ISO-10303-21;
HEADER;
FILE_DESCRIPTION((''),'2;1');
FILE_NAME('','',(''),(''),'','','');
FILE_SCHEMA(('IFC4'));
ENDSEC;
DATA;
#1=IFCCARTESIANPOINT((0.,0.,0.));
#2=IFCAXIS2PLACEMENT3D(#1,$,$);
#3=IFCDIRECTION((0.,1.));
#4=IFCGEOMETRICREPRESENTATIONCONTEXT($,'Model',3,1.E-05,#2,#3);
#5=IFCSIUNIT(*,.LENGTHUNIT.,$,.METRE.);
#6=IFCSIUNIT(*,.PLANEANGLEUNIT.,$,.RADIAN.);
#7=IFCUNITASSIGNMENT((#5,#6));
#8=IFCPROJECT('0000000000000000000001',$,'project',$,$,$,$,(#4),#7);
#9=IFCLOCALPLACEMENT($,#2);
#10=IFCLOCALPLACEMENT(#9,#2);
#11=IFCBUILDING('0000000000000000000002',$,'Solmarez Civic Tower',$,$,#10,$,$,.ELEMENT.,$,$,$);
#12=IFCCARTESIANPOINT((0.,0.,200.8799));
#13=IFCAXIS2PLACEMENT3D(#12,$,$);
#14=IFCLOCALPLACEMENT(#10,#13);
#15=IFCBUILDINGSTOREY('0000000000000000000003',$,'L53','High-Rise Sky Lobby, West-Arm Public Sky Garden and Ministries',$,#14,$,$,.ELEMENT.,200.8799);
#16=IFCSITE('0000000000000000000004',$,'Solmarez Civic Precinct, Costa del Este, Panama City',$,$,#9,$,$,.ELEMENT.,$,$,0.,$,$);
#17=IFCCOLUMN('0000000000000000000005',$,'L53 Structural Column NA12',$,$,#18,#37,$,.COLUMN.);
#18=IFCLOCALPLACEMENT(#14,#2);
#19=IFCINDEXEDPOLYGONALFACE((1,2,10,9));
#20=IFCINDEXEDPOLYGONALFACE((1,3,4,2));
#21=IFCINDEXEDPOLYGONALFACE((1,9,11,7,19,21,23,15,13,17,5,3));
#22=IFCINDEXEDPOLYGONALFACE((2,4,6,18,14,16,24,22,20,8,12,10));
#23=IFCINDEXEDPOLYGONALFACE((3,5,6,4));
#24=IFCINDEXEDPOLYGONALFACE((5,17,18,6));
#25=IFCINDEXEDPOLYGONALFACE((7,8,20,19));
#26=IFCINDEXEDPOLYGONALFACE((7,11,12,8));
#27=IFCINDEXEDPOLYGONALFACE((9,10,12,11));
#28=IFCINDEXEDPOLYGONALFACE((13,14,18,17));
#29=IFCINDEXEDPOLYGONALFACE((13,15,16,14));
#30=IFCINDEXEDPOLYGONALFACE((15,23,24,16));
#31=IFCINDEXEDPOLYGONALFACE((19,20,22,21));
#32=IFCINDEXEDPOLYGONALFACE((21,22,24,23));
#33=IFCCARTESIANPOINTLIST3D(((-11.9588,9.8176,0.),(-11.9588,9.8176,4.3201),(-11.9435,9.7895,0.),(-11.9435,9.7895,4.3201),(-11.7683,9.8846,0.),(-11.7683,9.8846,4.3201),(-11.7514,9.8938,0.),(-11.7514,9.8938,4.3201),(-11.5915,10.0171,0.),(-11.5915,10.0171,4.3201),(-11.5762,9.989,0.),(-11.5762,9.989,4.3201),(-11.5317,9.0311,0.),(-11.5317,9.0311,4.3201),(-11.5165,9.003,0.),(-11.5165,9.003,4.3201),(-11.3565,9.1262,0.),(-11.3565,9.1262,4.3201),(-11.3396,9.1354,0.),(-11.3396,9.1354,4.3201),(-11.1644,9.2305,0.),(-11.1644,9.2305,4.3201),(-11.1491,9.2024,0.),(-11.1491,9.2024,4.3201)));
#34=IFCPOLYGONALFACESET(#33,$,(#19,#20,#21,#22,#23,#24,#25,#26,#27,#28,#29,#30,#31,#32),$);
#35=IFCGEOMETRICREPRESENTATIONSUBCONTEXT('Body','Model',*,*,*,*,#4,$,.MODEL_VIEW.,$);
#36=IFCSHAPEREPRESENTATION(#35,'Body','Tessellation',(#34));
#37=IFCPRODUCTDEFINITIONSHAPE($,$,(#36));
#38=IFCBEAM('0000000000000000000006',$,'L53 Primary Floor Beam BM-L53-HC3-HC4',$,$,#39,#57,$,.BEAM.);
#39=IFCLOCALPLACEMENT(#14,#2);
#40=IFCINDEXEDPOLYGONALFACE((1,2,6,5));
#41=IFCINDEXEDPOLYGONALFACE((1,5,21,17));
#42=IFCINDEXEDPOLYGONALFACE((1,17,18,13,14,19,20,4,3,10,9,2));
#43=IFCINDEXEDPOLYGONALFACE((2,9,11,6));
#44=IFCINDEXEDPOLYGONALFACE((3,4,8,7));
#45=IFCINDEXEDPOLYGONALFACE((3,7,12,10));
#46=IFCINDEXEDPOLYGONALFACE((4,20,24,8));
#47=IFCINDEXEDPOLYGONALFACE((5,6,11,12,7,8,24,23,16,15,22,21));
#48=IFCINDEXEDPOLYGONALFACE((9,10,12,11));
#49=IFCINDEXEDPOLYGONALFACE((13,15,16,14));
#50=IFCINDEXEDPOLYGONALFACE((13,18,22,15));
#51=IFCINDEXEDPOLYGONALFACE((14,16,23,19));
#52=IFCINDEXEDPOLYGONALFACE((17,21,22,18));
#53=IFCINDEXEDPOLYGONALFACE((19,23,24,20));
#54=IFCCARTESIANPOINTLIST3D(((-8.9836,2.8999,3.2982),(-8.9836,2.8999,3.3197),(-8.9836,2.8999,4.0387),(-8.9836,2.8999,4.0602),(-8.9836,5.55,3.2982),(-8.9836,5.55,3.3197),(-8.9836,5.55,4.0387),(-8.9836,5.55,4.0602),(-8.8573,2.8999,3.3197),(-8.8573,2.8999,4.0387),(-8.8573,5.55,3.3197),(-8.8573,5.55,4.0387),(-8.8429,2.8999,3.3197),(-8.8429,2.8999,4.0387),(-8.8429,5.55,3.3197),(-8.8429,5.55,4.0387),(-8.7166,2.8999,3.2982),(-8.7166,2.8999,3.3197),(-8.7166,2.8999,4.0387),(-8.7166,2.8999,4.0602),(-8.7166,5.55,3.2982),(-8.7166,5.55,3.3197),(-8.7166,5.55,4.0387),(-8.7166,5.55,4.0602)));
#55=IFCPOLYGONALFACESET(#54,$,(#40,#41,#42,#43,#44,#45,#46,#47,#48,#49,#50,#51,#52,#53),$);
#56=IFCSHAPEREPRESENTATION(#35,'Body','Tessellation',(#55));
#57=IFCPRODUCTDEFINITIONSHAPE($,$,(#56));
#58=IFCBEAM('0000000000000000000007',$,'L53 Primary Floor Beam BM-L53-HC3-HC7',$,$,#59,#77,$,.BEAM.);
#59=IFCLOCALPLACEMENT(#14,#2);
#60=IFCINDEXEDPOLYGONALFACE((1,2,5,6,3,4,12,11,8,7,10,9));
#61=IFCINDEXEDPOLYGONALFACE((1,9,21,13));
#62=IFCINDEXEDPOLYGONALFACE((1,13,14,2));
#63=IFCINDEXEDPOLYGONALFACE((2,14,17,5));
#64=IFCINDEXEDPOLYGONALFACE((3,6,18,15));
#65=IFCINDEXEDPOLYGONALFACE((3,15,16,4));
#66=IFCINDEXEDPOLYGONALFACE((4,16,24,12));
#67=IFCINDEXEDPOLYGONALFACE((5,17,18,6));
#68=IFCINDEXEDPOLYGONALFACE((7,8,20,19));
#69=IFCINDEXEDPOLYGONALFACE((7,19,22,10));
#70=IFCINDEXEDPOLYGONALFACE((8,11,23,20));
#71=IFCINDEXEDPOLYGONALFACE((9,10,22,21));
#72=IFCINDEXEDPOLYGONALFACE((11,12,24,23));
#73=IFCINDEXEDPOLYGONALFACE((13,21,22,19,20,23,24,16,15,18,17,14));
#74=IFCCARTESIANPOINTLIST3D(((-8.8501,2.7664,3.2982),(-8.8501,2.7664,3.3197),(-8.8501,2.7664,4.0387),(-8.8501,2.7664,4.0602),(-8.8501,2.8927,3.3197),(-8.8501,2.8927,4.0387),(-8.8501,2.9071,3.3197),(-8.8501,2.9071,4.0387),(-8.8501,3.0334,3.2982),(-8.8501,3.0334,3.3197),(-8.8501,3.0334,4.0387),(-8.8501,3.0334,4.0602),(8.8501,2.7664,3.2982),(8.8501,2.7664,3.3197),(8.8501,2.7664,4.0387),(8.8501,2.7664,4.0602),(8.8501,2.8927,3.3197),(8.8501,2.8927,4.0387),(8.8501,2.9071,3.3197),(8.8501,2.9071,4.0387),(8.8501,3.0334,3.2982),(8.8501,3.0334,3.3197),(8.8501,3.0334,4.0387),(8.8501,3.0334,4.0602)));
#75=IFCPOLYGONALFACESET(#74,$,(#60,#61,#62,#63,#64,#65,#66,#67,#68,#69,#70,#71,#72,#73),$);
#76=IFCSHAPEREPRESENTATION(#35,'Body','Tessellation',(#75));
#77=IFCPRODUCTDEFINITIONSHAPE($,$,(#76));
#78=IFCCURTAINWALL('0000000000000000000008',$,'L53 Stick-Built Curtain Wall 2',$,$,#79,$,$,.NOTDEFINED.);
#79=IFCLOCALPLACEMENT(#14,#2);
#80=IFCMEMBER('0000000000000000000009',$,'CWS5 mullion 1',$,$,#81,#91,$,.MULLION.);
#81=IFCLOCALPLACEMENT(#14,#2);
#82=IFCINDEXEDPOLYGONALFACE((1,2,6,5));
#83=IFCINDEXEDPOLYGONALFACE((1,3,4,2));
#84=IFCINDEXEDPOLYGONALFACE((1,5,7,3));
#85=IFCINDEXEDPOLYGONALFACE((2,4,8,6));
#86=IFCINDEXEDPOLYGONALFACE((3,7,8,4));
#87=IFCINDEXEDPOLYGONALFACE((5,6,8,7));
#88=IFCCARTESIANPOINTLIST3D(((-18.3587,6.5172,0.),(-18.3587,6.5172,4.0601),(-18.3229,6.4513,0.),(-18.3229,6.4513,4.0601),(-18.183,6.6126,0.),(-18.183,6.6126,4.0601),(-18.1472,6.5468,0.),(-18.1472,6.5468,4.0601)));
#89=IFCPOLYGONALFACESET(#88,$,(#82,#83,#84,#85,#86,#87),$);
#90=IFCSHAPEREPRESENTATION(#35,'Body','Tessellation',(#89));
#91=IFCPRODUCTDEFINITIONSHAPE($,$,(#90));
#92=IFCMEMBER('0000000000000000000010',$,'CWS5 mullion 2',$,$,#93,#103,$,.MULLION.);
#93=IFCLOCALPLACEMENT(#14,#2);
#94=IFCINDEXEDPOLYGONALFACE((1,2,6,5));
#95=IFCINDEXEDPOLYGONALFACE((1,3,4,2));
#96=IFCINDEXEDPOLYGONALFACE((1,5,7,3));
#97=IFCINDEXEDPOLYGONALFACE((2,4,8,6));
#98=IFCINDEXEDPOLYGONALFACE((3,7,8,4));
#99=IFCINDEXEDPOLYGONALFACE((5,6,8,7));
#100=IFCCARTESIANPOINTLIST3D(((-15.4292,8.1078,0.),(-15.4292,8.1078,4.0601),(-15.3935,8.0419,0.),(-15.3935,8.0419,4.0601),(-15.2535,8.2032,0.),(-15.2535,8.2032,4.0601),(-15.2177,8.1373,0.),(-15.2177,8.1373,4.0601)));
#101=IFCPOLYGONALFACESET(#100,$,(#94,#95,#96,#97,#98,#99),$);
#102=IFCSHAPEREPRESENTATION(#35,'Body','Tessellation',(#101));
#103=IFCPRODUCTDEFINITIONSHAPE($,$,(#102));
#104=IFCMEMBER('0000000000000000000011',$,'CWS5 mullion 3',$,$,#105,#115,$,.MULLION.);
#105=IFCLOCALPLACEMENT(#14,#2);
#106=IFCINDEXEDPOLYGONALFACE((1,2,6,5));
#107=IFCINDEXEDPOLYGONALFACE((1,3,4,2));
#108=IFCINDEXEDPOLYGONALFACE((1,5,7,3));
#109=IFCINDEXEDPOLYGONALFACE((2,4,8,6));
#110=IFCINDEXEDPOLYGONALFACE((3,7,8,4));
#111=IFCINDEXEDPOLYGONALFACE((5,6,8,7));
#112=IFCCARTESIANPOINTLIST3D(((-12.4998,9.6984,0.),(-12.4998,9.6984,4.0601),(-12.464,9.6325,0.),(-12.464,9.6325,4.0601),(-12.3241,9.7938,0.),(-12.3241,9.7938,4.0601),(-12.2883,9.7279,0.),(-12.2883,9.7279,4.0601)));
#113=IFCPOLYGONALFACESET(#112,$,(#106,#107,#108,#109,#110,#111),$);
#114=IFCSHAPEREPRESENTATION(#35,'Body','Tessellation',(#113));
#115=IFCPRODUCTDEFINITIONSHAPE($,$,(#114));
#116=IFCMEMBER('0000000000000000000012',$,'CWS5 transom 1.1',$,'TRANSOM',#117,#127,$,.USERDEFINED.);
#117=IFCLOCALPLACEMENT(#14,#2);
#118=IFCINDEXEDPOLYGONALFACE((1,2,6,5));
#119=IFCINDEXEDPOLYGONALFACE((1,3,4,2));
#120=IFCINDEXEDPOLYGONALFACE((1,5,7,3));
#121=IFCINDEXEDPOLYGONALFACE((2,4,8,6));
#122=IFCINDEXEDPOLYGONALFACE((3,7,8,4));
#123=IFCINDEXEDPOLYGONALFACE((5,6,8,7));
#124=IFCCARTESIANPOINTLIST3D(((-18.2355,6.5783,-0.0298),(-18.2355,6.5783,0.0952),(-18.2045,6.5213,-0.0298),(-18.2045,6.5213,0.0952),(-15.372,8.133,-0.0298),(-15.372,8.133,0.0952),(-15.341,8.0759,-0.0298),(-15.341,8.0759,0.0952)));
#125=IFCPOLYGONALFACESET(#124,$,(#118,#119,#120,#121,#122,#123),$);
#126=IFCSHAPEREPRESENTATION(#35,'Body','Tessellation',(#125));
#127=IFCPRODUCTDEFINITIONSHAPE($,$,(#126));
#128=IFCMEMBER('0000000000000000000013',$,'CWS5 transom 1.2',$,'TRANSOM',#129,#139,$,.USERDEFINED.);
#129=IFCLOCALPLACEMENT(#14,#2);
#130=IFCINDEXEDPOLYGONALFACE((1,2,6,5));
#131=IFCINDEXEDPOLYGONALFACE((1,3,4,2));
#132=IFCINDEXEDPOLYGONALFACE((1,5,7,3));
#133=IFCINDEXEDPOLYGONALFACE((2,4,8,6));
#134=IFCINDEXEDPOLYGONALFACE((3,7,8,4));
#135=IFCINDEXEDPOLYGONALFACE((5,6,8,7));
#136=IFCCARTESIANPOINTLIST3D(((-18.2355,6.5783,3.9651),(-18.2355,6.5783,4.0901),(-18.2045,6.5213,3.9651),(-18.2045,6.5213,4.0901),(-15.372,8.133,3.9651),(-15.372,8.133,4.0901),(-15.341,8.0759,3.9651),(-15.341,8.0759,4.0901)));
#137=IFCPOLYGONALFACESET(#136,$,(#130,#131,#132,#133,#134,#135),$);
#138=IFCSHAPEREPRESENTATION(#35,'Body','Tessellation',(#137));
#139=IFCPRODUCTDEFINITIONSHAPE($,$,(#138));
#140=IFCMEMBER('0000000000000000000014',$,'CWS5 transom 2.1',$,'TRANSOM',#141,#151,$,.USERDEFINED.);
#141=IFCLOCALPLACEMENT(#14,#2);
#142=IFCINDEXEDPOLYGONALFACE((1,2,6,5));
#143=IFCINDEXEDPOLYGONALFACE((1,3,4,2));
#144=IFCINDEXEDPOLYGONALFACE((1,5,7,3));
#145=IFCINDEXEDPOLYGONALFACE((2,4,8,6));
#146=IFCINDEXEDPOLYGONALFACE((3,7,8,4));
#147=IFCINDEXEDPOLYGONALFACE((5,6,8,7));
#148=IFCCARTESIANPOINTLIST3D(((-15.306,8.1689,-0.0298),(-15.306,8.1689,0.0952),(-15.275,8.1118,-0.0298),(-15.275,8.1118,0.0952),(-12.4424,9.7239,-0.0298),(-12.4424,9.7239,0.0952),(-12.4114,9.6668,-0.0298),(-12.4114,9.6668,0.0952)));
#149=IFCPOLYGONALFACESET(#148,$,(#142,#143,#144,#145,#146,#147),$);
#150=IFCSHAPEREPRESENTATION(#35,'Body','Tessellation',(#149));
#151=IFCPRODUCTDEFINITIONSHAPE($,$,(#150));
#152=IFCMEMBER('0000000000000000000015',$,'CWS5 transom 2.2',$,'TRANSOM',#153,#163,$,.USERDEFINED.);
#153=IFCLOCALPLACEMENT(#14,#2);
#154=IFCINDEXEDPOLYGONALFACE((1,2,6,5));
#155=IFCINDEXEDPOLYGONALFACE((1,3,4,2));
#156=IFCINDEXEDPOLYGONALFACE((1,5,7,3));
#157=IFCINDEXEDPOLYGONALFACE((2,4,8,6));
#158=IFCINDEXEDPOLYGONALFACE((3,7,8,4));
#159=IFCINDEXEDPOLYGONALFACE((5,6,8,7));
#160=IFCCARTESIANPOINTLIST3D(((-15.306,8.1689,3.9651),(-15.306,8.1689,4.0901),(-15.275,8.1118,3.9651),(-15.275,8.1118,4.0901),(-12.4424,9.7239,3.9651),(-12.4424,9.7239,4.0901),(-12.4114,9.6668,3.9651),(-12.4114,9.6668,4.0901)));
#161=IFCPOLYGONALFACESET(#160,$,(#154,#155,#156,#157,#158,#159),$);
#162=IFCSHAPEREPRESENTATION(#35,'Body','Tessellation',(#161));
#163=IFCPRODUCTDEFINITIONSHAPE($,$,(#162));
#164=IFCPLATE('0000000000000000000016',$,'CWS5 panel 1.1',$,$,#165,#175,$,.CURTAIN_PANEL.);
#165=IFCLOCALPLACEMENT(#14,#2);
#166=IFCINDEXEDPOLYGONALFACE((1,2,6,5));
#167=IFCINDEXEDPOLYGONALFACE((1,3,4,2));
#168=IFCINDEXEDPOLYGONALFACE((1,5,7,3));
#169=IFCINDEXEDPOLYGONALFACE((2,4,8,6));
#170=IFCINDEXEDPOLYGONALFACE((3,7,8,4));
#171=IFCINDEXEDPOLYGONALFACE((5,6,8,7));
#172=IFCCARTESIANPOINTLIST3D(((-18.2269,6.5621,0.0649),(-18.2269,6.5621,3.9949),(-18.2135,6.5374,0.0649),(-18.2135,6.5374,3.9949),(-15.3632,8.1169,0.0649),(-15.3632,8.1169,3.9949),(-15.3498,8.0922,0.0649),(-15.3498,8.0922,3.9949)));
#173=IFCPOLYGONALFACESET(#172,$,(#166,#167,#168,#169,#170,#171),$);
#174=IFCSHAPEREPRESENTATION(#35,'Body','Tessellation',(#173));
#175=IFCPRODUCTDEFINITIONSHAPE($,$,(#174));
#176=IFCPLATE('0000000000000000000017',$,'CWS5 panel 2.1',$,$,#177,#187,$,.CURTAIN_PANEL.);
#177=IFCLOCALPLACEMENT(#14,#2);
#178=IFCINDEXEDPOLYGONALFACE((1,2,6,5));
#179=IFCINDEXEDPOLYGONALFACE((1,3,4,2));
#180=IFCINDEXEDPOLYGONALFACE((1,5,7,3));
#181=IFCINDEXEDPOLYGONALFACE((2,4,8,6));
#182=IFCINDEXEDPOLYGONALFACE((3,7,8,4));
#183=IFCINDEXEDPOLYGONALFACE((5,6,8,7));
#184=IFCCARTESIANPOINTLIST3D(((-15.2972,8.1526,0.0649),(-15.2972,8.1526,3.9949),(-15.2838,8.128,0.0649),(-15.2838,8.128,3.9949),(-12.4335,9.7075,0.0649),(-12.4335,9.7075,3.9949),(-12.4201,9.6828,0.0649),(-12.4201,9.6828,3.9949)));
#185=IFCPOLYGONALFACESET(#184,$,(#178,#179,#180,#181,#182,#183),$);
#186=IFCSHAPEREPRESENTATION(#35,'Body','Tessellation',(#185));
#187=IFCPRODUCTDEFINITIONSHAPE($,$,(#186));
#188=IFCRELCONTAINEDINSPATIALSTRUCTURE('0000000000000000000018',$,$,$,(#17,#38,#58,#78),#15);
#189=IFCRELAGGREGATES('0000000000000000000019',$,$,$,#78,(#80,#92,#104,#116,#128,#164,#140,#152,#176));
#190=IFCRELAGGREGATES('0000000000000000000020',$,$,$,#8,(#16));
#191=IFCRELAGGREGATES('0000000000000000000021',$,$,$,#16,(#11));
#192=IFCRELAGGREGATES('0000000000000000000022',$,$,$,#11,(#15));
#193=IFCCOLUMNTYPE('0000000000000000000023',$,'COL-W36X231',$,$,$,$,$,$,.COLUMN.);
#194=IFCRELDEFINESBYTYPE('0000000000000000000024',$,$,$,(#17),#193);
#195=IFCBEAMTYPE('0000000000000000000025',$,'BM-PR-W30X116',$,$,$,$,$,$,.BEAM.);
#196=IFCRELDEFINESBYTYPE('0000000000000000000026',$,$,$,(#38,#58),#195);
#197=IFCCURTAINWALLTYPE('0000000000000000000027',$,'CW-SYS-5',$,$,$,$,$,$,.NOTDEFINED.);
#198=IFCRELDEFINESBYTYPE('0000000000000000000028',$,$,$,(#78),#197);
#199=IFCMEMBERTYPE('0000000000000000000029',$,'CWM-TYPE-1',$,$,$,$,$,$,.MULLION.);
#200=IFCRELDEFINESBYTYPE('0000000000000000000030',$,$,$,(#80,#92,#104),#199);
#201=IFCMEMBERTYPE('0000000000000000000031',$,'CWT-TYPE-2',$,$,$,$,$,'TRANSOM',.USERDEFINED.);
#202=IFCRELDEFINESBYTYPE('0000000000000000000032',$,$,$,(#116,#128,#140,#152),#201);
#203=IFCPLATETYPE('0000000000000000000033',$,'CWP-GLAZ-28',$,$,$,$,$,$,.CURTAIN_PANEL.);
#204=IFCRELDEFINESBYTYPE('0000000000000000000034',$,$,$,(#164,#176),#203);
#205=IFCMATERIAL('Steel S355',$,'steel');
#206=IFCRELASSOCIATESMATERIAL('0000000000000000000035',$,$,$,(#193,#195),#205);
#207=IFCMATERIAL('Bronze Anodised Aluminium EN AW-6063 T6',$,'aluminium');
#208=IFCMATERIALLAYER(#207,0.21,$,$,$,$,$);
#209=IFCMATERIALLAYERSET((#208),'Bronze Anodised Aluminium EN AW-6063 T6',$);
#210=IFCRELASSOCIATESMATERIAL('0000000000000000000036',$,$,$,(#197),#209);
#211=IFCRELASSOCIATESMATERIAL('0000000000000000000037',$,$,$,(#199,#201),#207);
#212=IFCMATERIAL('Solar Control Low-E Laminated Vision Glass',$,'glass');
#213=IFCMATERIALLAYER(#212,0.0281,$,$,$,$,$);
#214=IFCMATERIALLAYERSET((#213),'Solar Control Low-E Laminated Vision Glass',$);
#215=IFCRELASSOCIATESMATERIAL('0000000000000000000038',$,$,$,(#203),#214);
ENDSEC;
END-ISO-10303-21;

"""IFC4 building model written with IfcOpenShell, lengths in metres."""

from ifc_helpers import new_model, si_unit, direction, frame, origin, origin_2d, place, context, subcontext, project, spatial, rectangle, i_section, extrude, material, layer, layer_set, material_profile, profile_set, type_object, element, aggregate, save


model = new_model("IFC4")

# Units and contexts
model_context = context("Model", 3, precision=1e-05, world=origin(), true_north=direction((0.0, 1.0)))
body_context = subcontext(model_context, "Body", "Model", "MODEL_VIEW")
ifc_project = project(units=[si_unit("LENGTHUNIT", "METRE"), si_unit("PLANEANGLEUNIT", "RADIAN")], contexts=[model_context])

# Site, building, storey
site_placement = place(None, origin())
site = spatial("IfcSite", under=ifc_project, at=site_placement, Name="Solmarez Civic Precinct, Costa del Este, Panama City", CompositionType="ELEMENT", RefElevation=0.0)
building_placement = place(site_placement, origin())
building = spatial("IfcBuilding", under=site, at=building_placement, Name="Solmarez Civic Tower", CompositionType="ELEMENT")
storey_placement = place(building_placement, frame((0.0, 0.0, 200.8799)))
storey = spatial("IfcBuildingStorey", under=building, at=storey_placement, Name="L53", Description="High-Rise Sky Lobby, West-Arm Public Sky Garden and Ministries", CompositionType="ELEMENT", Elevation=200.8799)

# Column
ifc_material_1 = material(Name="Steel S355", Category="steel")
ifc_material_profile_1 = material_profile(ifc_material_1, i_section(OverallWidth=0.418, OverallDepth=0.927, WebThickness=0.0193, FlangeThickness=0.032, at=origin_2d()), Name="W36X231")
ifc_profile_set_1 = profile_set([ifc_material_profile_1], Name="Steel S355")
column_type = type_object("IfcColumnType", Name="COL-W36X231", PredefinedType="COLUMN", material=ifc_profile_set_1)
column_placement = place(storey_placement, frame((-11.554, 9.51, 0.0), z_axis=(0.0, 0.0, 1.0), x_axis=(0.878817, 0.477159, 0.0)))
element("IfcColumn", 1, at=column_placement, inside=storey, type_object=column_type, Name="L53 Structural Column NA12", PredefinedType="COLUMN", context=body_context, shape_type="SweptSolid", body=[
    extrude(i_section(OverallWidth=0.418, OverallDepth=0.927, WebThickness=0.0193, FlangeThickness=0.032, at=origin_2d()), origin(), (0.0, 0.0, 1.0), 4.3201),
])

# Beams
ifc_material_profile_2 = material_profile(ifc_material_1, i_section(OverallWidth=0.2671, OverallDepth=0.762, WebThickness=0.0144, FlangeThickness=0.0215, at=origin_2d()), Name="W30X116")
ifc_profile_set_2 = profile_set([ifc_material_profile_2], Name="Steel S355")
beam_type = type_object("IfcBeamType", Name="BM-PR-W30X116", PredefinedType="BEAM", material=ifc_profile_set_2)
beam_1_placement = place(storey_placement, frame((-8.8501, 2.8999, 3.6792), z_axis=(0.0, 1.0, 0.0), x_axis=(-1.0, 0.0, 0.0)))
element("IfcBeam", 2, at=beam_1_placement, inside=storey, type_object=beam_type, Name="L53 Primary Floor Beam BM-L53-HC3-HC4", PredefinedType="BEAM", context=body_context, shape_type="SweptSolid", body=[
    extrude(i_section(OverallWidth=0.2671, OverallDepth=0.762, WebThickness=0.0144, FlangeThickness=0.0215, at=origin_2d()), origin(), (0.0, 0.0, 1.0), 2.6501),
])
beam_2_placement = place(storey_placement, frame((-8.8501, 2.8999, 3.6792), z_axis=(1.0, 0.0, 0.0), x_axis=(0.0, 1.0, 0.0)))
element("IfcBeam", 3, at=beam_2_placement, inside=storey, type_object=beam_type, Name="L53 Primary Floor Beam BM-L53-HC3-HC7", PredefinedType="BEAM", context=body_context, shape_type="SweptSolid", body=[
    extrude(i_section(OverallWidth=0.2671, OverallDepth=0.762, WebThickness=0.0144, FlangeThickness=0.0215, at=origin_2d()), origin(), (0.0, 0.0, 1.0), 17.7002),
])

# Curtain wall, members, plates
ifc_material_2 = material(Name="Bronze Anodised Aluminium EN AW-6063 T6", Category="aluminium")
ifc_layer_1 = layer(ifc_material_2, 0.21)
ifc_layer_set_1 = layer_set([ifc_layer_1], Name="Bronze Anodised Aluminium EN AW-6063 T6")
curtain_wall_type = type_object("IfcCurtainWallType", Name="CW-SYS-5", PredefinedType="NOTDEFINED", material=ifc_layer_set_1)
curtain_wall_placement = place(storey_placement, origin())
curtain_wall = element("IfcCurtainWall", 4, at=curtain_wall_placement, inside=storey, type_object=curtain_wall_type, Name="L53 Stick-Built Curtain Wall 2", PredefinedType="NOTDEFINED")
ifc_material_profile_3 = material_profile(ifc_material_2, rectangle(XDim=0.075, YDim=0.2, at=origin_2d()), Name="CWM-75X200")
ifc_profile_set_3 = profile_set([ifc_material_profile_3], Name="Bronze Anodised Aluminium EN AW-6063 T6")
member_type_1 = type_object("IfcMemberType", Name="CWM-TYPE-1", PredefinedType="MULLION", material=ifc_profile_set_3)
member_1_placement = place(storey_placement, frame((-18.2529, 6.532, 0.0), z_axis=(0.0, 0.0, 1.0), x_axis=(-0.477157, 0.878818, 0.0)))
member_1 = element("IfcMember", 5, at=member_1_placement, type_object=member_type_1, Name="CWS5 mullion 1", PredefinedType="MULLION", context=body_context, shape_type="SweptSolid", body=[
    extrude(rectangle(XDim=0.075, YDim=0.2, at=origin_2d()), origin(), (0.0, 0.0, 1.0), 4.0601),
])
member_2_placement = place(storey_placement, frame((-15.3235, 8.1226, 0.0), z_axis=(0.0, 0.0, 1.0), x_axis=(-0.477157, 0.878818, 0.0)))
member_2 = element("IfcMember", 6, at=member_2_placement, type_object=member_type_1, Name="CWS5 mullion 2", PredefinedType="MULLION", context=body_context, shape_type="SweptSolid", body=[
    extrude(rectangle(XDim=0.075, YDim=0.2, at=origin_2d()), origin(), (0.0, 0.0, 1.0), 4.0601),
])
member_3_placement = place(storey_placement, frame((-12.394, 9.7131, 0.0), z_axis=(0.0, 0.0, 1.0), x_axis=(-0.477157, 0.878818, 0.0)))
member_3 = element("IfcMember", 7, at=member_3_placement, type_object=member_type_1, Name="CWS5 mullion 3", PredefinedType="MULLION", context=body_context, shape_type="SweptSolid", body=[
    extrude(rectangle(XDim=0.075, YDim=0.2, at=origin_2d()), origin(), (0.0, 0.0, 1.0), 4.0601),
])
ifc_material_profile_4 = material_profile(ifc_material_2, rectangle(XDim=0.0649, YDim=0.125, at=origin_2d()), Name="CWT-65X125")
ifc_profile_set_4 = profile_set([ifc_material_profile_4], Name="Bronze Anodised Aluminium EN AW-6063 T6")
member_type_2 = type_object("IfcMemberType", Name="CWT-TYPE-2", ElementType="TRANSOM", PredefinedType="USERDEFINED", material=ifc_profile_set_4)
member_4_placement = place(storey_placement, frame((-18.22, 6.5498, 0.0327), z_axis=(0.878827, 0.47714, 0.0), x_axis=(-0.47714, 0.878827, 0.0)))
member_4 = element("IfcMember", 8, at=member_4_placement, type_object=member_type_2, Name="CWS5 transom 1.1", ObjectType="TRANSOM", PredefinedType="USERDEFINED", context=body_context, shape_type="SweptSolid", body=[
    extrude(rectangle(XDim=0.0649, YDim=0.125, at=origin_2d()), origin(), (0.0, 0.0, 1.0), 3.2583),
])
member_5_placement = place(storey_placement, frame((-18.22, 6.5498, 4.0276), z_axis=(0.878827, 0.47714, 0.0), x_axis=(-0.47714, 0.878827, 0.0)))
member_5 = element("IfcMember", 9, at=member_5_placement, type_object=member_type_2, Name="CWS5 transom 1.2", ObjectType="TRANSOM", PredefinedType="USERDEFINED", context=body_context, shape_type="SweptSolid", body=[
    extrude(rectangle(XDim=0.0649, YDim=0.125, at=origin_2d()), origin(), (0.0, 0.0, 1.0), 3.2583),
])
member_6_placement = place(storey_placement, frame((-15.2905, 8.1404, 0.0327), z_axis=(0.878796, 0.477198, 0.0), x_axis=(-0.477198, 0.878796, 0.0)))
member_6 = element("IfcMember", 10, at=member_6_placement, type_object=member_type_2, Name="CWS5 transom 2.1", ObjectType="TRANSOM", PredefinedType="USERDEFINED", context=body_context, shape_type="SweptSolid", body=[
    extrude(rectangle(XDim=0.0649, YDim=0.125, at=origin_2d()), origin(), (0.0, 0.0, 1.0), 3.2585),
])
member_7_placement = place(storey_placement, frame((-15.2905, 8.1404, 4.0276), z_axis=(0.878796, 0.477198, 0.0), x_axis=(-0.477198, 0.878796, 0.0)))
member_7 = element("IfcMember", 11, at=member_7_placement, type_object=member_type_2, Name="CWS5 transom 2.2", ObjectType="TRANSOM", PredefinedType="USERDEFINED", context=body_context, shape_type="SweptSolid", body=[
    extrude(rectangle(XDim=0.0649, YDim=0.125, at=origin_2d()), origin(), (0.0, 0.0, 1.0), 3.2585),
])
ifc_material_3 = material(Name="Solar Control Low-E Laminated Vision Glass", Category="glass")
ifc_layer_2 = layer(ifc_material_3, 0.0281)
ifc_layer_set_2 = layer_set([ifc_layer_2], Name="Solar Control Low-E Laminated Vision Glass")
plate_type = type_object("IfcPlateType", Name="CWP-GLAZ-28", PredefinedType="CURTAIN_PANEL", material=ifc_layer_set_2)
plate_1_placement = place(storey_placement, frame((-16.7883, 7.3271, 0.0649), z_axis=(0.0, 0.0, 1.0), x_axis=(0.878818, 0.477157, 0.0)))
plate_1 = element("IfcPlate", 12, at=plate_1_placement, type_object=plate_type, Name="CWS5 panel 1.1", PredefinedType="CURTAIN_PANEL", context=body_context, shape_type="SweptSolid", body=[
    extrude(rectangle(XDim=3.2585, YDim=0.0281, at=origin_2d()), origin(), (0.0, 0.0, 1.0), 3.9299),
])
plate_2_placement = place(storey_placement, frame((-13.8586, 8.9177, 0.0649), z_axis=(0.0, 0.0, 1.0), x_axis=(0.878818, 0.477157, 0.0)))
plate_2 = element("IfcPlate", 13, at=plate_2_placement, type_object=plate_type, Name="CWS5 panel 2.1", PredefinedType="CURTAIN_PANEL", context=body_context, shape_type="SweptSolid", body=[
    extrude(rectangle(XDim=3.2585, YDim=0.0281, at=origin_2d()), origin(), (0.0, 0.0, 1.0), 3.9299),
])
aggregate(curtain_wall, [member_1, member_2, member_3, member_4, member_5, plate_1, member_6, member_7, plate_2])

save(model, "model.ifc")
